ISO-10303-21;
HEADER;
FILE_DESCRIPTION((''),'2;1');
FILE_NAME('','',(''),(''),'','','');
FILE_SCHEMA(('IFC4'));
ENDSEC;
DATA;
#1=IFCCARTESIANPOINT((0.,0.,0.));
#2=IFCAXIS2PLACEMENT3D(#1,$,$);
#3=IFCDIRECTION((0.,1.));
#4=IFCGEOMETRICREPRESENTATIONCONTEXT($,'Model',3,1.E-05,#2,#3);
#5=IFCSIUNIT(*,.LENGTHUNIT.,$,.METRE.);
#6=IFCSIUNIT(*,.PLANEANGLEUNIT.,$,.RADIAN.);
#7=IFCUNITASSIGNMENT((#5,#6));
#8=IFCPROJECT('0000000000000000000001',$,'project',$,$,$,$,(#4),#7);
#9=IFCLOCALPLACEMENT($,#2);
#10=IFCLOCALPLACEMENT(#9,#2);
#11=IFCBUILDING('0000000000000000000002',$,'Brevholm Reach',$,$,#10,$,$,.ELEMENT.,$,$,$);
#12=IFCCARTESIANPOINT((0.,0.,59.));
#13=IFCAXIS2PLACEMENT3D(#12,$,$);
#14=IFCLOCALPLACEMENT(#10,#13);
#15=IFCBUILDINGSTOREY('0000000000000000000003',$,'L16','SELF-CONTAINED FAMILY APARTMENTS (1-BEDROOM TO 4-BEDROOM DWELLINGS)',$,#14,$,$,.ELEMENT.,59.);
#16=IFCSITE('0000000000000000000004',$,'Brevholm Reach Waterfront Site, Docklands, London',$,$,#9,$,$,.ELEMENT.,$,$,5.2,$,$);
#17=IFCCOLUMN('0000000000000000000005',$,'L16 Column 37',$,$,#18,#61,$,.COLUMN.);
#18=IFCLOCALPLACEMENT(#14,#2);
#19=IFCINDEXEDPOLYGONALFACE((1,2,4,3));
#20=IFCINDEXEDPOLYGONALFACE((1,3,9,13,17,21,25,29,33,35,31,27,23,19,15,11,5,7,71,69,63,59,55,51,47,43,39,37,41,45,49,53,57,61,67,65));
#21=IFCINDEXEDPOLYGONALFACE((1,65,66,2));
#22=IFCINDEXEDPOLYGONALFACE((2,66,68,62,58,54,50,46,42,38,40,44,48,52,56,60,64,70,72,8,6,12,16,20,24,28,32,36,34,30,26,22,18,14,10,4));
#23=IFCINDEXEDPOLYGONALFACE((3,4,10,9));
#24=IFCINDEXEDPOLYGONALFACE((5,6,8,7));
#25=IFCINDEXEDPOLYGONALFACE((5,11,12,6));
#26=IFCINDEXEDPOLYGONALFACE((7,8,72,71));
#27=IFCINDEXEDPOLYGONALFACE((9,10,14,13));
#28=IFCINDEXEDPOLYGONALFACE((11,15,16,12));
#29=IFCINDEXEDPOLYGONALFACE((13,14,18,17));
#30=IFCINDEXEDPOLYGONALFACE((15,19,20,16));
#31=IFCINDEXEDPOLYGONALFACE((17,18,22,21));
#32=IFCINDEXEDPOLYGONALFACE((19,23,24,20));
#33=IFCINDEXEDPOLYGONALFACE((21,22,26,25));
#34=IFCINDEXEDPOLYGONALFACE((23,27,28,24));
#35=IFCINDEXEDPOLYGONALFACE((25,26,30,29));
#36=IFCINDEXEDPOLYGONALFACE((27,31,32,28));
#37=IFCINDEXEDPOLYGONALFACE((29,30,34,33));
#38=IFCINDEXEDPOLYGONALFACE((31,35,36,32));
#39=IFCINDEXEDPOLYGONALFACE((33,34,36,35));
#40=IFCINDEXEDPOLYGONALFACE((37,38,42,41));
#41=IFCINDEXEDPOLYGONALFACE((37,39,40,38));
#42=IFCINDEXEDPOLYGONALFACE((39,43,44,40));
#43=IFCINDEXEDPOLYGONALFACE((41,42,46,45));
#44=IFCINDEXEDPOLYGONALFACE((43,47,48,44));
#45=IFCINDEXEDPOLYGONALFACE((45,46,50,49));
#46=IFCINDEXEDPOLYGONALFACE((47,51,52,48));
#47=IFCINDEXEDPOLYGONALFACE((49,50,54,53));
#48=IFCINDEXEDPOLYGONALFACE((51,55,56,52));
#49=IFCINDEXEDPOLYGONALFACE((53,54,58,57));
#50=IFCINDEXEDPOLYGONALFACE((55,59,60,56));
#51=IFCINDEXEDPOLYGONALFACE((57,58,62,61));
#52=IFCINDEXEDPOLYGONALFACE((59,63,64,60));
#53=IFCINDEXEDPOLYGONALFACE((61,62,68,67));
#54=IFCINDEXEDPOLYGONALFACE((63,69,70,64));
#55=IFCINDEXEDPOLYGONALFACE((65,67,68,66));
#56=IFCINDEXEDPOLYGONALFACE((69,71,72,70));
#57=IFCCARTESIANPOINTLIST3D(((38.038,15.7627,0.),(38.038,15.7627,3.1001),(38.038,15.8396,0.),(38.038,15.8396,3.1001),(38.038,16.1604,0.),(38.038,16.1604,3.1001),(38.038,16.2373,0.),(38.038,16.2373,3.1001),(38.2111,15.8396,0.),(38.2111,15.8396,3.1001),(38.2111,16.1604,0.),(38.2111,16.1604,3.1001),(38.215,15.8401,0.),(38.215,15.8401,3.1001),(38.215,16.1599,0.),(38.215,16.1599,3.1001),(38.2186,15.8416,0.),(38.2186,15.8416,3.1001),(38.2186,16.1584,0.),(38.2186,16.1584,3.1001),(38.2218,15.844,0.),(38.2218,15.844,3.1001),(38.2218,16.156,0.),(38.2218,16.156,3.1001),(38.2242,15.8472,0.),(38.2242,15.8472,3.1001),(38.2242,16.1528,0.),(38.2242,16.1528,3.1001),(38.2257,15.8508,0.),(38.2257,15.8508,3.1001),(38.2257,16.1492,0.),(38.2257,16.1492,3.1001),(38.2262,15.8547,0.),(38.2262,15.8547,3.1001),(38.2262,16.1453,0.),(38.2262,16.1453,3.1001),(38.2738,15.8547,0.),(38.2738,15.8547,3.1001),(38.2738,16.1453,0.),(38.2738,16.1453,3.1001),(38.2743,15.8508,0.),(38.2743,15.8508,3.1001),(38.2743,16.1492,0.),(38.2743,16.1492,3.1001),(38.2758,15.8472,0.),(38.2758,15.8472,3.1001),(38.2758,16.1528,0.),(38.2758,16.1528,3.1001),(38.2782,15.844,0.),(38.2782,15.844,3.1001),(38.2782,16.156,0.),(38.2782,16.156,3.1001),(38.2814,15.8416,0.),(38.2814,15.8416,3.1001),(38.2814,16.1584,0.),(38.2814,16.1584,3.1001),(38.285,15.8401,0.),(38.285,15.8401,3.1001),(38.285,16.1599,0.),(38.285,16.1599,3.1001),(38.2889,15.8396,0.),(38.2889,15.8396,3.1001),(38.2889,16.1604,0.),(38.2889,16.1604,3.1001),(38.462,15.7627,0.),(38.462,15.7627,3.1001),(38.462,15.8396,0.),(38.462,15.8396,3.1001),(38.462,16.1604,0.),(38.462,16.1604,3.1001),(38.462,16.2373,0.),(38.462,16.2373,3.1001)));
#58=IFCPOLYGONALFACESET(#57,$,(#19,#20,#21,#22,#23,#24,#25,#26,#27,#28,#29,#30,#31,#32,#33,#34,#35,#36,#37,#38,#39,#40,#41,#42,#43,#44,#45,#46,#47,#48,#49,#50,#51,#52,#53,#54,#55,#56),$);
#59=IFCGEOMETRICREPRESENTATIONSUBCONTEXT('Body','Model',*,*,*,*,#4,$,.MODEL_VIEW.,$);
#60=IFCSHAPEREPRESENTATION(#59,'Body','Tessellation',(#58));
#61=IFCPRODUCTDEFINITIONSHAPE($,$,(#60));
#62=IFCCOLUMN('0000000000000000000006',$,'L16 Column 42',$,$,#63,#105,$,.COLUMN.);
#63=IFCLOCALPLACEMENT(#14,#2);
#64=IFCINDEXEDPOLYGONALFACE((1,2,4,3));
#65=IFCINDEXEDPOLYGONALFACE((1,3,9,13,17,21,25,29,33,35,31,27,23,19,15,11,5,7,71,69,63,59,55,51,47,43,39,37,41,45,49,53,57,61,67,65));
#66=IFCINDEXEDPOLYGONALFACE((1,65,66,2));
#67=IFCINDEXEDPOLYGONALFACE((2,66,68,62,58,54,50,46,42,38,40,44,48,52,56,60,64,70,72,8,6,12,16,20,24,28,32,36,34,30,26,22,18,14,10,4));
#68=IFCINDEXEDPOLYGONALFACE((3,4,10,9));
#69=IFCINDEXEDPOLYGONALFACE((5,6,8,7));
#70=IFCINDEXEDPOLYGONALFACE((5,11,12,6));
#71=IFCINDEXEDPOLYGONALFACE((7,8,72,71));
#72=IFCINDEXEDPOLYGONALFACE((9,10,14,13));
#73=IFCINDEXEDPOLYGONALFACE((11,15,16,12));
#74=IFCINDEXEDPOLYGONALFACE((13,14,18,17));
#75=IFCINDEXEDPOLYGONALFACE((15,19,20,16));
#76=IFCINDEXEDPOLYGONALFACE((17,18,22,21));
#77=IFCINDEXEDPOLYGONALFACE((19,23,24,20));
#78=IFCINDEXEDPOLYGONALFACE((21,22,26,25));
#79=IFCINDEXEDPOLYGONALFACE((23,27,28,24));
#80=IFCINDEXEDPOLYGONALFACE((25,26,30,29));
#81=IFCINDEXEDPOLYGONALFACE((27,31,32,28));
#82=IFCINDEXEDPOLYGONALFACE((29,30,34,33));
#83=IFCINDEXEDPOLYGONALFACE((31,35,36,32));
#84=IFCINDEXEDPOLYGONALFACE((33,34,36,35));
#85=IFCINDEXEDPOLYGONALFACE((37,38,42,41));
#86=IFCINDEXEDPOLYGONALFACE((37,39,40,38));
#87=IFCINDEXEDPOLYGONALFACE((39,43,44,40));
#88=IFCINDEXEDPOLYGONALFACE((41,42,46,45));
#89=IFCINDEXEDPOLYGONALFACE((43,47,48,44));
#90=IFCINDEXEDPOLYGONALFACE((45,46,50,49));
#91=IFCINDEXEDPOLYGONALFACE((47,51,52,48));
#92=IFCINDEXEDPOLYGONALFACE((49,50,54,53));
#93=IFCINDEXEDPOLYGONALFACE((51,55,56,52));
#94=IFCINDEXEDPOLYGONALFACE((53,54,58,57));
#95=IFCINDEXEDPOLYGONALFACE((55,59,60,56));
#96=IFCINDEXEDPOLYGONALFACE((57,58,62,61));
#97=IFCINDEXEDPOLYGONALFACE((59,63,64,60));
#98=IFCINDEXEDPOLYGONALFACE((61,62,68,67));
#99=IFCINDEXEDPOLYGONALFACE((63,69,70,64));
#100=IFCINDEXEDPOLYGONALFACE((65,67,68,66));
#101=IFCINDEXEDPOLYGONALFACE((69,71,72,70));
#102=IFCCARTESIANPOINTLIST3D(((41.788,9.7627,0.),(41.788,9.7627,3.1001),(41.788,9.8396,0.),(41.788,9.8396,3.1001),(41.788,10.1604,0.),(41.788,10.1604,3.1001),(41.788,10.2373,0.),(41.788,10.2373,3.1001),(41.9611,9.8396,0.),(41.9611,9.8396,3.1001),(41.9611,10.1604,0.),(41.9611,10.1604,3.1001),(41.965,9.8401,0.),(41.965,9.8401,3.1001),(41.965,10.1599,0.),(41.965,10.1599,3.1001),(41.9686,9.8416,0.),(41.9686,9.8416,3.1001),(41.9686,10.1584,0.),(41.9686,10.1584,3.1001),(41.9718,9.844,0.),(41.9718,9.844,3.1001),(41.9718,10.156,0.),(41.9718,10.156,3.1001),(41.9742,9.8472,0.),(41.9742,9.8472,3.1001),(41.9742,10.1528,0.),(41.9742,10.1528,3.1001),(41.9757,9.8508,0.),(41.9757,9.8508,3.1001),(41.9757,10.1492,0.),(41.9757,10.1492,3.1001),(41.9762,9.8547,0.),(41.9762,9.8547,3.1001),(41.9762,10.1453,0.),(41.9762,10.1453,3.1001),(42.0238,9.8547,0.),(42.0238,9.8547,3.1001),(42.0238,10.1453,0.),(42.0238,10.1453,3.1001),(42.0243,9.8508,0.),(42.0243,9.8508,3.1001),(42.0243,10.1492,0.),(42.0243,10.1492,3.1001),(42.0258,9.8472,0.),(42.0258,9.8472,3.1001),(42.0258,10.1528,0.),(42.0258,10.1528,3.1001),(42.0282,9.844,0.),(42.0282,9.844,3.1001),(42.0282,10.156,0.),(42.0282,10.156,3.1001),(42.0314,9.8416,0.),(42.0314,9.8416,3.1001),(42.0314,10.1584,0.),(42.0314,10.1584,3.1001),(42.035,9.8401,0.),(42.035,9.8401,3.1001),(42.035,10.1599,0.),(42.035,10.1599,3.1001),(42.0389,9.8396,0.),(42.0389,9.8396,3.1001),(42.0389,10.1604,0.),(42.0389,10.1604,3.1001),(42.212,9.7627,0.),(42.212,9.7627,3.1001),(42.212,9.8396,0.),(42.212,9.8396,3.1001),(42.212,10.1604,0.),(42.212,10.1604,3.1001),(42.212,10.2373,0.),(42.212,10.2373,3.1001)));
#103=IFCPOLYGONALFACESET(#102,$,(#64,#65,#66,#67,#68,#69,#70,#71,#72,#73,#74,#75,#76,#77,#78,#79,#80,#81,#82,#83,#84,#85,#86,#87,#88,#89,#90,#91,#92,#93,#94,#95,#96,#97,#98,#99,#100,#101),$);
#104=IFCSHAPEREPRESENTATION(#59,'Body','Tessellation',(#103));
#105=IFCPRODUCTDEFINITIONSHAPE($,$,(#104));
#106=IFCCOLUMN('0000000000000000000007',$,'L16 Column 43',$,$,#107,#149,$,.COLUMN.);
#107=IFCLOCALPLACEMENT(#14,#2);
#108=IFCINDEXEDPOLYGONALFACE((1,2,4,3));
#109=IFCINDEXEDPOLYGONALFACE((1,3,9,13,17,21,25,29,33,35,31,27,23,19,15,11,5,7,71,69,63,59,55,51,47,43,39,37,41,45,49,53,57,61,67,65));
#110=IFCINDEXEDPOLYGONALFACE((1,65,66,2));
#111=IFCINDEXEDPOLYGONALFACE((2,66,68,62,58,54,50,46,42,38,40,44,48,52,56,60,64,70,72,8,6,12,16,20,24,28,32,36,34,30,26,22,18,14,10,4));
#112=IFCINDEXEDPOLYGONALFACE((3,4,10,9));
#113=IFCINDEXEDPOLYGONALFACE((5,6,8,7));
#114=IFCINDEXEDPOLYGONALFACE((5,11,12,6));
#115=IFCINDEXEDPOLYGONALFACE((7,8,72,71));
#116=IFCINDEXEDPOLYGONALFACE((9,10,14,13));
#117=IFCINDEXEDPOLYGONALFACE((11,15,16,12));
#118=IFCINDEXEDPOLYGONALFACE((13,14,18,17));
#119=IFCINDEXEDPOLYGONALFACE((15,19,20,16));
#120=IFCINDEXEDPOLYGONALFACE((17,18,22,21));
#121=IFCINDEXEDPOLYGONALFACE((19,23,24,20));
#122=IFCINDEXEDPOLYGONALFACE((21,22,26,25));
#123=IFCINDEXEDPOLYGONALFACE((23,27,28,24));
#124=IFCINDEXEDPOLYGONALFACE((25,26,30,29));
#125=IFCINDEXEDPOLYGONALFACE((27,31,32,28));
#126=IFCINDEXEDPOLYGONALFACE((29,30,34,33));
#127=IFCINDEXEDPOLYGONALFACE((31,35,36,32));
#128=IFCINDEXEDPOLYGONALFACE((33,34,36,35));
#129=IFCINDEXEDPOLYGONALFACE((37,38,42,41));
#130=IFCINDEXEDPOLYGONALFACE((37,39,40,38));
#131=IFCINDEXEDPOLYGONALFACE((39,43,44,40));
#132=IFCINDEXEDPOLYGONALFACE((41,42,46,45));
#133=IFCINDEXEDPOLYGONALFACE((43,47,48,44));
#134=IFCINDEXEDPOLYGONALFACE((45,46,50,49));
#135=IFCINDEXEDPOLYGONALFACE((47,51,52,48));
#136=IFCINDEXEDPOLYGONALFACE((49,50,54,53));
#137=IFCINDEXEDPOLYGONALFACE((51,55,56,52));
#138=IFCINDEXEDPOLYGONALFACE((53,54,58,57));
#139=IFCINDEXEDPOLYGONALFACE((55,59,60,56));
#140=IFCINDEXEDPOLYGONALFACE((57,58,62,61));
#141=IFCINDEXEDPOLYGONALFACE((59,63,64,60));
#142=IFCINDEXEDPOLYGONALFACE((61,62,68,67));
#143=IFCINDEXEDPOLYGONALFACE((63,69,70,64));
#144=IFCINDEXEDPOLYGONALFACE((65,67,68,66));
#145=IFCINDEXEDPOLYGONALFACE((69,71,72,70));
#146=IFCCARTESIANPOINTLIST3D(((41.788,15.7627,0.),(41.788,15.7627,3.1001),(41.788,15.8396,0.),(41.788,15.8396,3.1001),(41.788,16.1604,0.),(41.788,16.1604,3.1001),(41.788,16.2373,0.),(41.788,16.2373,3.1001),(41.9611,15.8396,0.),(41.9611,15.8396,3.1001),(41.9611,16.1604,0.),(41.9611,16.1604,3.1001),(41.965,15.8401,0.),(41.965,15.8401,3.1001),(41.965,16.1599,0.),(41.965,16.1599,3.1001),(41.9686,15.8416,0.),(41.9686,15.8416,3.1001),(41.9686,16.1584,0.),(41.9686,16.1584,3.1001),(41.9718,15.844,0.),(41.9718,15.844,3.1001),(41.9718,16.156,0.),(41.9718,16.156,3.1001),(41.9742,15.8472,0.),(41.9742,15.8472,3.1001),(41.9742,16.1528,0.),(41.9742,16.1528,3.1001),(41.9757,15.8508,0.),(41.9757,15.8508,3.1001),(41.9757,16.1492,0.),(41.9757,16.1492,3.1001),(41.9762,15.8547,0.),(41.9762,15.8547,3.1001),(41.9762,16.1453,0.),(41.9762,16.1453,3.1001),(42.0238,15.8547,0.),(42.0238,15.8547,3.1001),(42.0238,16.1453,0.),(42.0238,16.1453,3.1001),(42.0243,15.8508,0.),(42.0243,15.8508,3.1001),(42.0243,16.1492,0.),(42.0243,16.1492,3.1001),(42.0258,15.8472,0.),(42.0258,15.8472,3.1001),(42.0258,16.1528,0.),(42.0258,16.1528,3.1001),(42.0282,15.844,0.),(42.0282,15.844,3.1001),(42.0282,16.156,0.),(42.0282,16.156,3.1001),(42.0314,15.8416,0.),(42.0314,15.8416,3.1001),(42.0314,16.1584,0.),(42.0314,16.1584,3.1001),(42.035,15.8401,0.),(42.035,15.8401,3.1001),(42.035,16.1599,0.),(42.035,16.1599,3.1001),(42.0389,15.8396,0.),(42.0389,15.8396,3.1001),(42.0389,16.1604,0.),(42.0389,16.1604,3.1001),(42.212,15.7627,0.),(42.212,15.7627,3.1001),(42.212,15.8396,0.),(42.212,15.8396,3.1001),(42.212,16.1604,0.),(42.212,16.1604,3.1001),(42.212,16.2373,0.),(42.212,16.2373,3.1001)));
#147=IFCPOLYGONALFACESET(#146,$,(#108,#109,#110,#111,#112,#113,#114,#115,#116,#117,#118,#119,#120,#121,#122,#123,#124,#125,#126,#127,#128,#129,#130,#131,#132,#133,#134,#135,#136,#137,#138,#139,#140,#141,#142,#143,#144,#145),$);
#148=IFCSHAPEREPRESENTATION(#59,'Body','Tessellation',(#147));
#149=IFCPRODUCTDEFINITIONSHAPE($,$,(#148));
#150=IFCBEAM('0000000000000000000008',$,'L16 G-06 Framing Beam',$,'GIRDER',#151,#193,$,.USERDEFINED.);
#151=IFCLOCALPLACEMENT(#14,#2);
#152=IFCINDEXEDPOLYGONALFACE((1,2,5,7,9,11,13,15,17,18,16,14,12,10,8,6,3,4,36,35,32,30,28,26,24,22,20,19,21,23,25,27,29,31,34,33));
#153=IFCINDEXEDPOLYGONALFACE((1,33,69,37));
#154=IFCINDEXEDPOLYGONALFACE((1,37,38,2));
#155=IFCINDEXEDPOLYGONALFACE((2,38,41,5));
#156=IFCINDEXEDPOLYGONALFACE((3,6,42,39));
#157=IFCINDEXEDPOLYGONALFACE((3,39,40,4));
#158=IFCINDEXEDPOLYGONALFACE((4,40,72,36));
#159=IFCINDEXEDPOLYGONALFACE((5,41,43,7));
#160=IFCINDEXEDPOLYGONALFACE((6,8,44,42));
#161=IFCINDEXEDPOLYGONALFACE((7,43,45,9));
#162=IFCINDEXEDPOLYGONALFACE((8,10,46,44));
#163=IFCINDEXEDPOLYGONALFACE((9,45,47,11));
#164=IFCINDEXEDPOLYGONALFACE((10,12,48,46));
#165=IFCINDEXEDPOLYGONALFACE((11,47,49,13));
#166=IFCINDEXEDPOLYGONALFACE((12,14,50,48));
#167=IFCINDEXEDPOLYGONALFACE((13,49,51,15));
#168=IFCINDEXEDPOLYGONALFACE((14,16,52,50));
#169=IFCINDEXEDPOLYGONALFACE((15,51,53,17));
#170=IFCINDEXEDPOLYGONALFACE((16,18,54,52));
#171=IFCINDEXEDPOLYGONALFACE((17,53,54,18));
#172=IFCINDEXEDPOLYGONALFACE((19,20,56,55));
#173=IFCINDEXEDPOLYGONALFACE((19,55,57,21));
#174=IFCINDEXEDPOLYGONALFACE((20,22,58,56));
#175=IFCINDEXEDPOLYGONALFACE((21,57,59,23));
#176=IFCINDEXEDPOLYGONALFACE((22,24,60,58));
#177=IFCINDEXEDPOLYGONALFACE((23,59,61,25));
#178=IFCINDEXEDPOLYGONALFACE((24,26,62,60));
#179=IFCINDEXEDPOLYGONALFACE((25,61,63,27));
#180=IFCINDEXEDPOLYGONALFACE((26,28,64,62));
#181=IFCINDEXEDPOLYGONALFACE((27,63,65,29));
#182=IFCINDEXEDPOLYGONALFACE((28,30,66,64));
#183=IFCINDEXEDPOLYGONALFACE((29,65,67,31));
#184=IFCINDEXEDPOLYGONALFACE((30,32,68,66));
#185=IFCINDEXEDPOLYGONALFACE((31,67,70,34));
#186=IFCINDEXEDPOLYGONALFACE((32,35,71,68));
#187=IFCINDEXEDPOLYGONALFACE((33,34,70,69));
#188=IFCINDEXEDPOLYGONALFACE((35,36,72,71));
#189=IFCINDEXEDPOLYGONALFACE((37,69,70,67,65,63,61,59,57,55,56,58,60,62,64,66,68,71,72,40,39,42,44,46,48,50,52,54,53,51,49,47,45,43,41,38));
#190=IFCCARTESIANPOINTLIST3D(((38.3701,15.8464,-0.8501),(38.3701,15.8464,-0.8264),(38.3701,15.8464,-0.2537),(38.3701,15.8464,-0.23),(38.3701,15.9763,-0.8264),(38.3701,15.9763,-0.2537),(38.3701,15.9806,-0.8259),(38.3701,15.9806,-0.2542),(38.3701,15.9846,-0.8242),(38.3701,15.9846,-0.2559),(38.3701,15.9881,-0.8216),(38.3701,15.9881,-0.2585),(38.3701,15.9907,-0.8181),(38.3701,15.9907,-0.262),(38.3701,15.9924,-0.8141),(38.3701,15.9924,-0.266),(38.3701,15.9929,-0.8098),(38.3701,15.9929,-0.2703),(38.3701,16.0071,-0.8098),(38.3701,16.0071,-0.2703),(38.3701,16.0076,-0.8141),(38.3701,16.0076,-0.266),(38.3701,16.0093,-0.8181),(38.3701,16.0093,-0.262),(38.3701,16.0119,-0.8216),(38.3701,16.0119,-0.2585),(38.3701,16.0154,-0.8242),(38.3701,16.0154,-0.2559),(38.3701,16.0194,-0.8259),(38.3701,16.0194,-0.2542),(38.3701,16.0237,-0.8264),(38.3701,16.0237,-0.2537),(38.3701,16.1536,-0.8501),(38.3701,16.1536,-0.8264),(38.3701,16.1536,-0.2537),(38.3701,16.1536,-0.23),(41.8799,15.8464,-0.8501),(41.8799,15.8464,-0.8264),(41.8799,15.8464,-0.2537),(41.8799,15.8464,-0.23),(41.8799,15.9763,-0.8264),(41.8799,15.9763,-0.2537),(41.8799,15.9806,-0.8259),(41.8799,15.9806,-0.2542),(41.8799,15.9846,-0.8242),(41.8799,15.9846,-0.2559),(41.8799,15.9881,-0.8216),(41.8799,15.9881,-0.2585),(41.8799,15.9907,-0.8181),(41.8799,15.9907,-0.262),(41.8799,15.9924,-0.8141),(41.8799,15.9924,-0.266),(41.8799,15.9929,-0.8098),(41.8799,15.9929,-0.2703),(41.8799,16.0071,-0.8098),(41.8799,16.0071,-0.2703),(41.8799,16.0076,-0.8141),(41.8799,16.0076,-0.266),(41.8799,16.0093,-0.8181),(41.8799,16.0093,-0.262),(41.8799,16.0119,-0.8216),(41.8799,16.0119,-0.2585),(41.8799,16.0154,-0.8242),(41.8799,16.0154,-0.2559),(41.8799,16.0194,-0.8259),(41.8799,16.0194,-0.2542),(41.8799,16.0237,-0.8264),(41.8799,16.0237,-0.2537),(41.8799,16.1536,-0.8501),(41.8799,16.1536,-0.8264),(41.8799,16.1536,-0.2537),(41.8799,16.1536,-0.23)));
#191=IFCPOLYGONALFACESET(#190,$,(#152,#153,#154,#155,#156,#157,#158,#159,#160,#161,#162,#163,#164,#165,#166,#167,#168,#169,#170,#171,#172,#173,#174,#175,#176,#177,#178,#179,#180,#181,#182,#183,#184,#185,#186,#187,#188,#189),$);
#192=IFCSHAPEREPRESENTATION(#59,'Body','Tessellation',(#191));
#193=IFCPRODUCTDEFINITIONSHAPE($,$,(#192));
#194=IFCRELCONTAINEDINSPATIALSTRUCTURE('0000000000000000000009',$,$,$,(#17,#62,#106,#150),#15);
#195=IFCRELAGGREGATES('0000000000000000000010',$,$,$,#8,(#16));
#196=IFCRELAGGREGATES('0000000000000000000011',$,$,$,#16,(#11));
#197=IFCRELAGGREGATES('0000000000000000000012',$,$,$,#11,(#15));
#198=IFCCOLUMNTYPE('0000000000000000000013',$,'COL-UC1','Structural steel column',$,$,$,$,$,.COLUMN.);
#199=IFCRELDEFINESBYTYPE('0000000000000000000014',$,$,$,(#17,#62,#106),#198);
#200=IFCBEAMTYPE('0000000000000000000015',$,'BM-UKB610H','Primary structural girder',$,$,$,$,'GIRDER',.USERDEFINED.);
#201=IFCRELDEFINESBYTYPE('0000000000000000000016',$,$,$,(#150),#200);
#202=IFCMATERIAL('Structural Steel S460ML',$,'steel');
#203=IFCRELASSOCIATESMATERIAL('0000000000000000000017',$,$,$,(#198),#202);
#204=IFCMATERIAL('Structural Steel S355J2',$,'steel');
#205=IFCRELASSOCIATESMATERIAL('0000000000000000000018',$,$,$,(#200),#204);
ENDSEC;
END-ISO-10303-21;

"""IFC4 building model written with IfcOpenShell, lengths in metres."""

from ifc_helpers import new_model, si_unit, direction, frame, origin, origin_2d, place, context, subcontext, project, spatial, i_section, extrude, material, material_profile, profile_set, type_object, element, save


model = new_model("IFC4")

# Units and contexts
model_context = context("Model", 3, precision=1e-05, world=origin(), true_north=direction((0.0, 1.0)))
body_context = subcontext(model_context, "Body", "Model", "MODEL_VIEW")
ifc_project = project(units=[si_unit("LENGTHUNIT", "METRE"), si_unit("PLANEANGLEUNIT", "RADIAN")], contexts=[model_context])

# Site, building, storey
site_placement = place(None, origin())
site = spatial("IfcSite", under=ifc_project, at=site_placement, Name="Brevholm Reach Waterfront Site, Docklands, London", CompositionType="ELEMENT", RefElevation=5.2)
building_placement = place(site_placement, origin())
building = spatial("IfcBuilding", under=site, at=building_placement, Name="Brevholm Reach", CompositionType="ELEMENT")
storey_placement = place(building_placement, frame((0.0, 0.0, 59.0)))
storey = spatial("IfcBuildingStorey", under=building, at=storey_placement, Name="L16", Description="SELF-CONTAINED FAMILY APARTMENTS (1-BEDROOM TO 4-BEDROOM DWELLINGS)", CompositionType="ELEMENT", Elevation=59.0)

# Columns
ifc_material_1 = material(Name="Structural Steel S460ML", Category="steel")
ifc_material_profile_1 = material_profile(ifc_material_1, i_section(OverallWidth=0.4241, OverallDepth=0.4746, WebThickness=0.0476, FlangeThickness=0.0769, FilletRadius=0.0151, at=origin_2d()), Name="UKC 356x406x634")
ifc_profile_set_1 = profile_set([ifc_material_profile_1], Name="Structural Steel S460ML")
column_type = type_object("IfcColumnType", Name="COL-UC1", Description="Structural steel column", PredefinedType="COLUMN", material=ifc_profile_set_1)
for number, where, z_axis, x_axis, name in (
    (1, (38.25, 16.0, 0.0), (0.0, 0.0, 1.0), (1.0, 0.0, 0.0), "L16 Column 37"),
    (2, (42.0, 10.0, 0.0), (0.0, 0.0, 1.0), (1.0, 0.0, 0.0), "L16 Column 42"),
    (3, (42.0, 16.0, 0.0), (0.0, 0.0, 1.0), (1.0, 0.0, 0.0), "L16 Column 43"),
):
    element("IfcColumn", number, at=place(storey_placement, frame(where, z_axis=z_axis, x_axis=x_axis)), inside=storey, type_object=column_type, Name=name, PredefinedType="COLUMN", context=body_context, shape_type="SweptSolid", body=[
        extrude(i_section(OverallWidth=0.4241, OverallDepth=0.4746, WebThickness=0.0476, FlangeThickness=0.0769, FilletRadius=0.0151, at=origin_2d()), origin(), (0.0, 0.0, 1.0), 3.1001),
    ])

# Beam
ifc_material_2 = material(Name="Structural Steel S355J2", Category="steel")
ifc_material_profile_2 = material_profile(ifc_material_2, i_section(OverallWidth=0.3071, OverallDepth=0.6201, WebThickness=0.0142, FlangeThickness=0.0237, FilletRadius=0.0166, at=origin_2d()), Name="UKB 610x305x179")
ifc_profile_set_2 = profile_set([ifc_material_profile_2], Name="Structural Steel S355J2")
beam_type = type_object("IfcBeamType", Name="BM-UKB610H", Description="Primary structural girder", ElementType="GIRDER", PredefinedType="USERDEFINED", material=ifc_profile_set_2)
beam_placement = place(storey_placement, frame((38.3701, 16.0, -0.54), z_axis=(1.0, 0.0, 0.0), x_axis=(0.0, 1.0, 0.0)))
element("IfcBeam", 4, at=beam_placement, inside=storey, type_object=beam_type, Name="L16 G-06 Framing Beam", ObjectType="GIRDER", PredefinedType="USERDEFINED", context=body_context, shape_type="SweptSolid", body=[
    extrude(i_section(OverallWidth=0.3071, OverallDepth=0.6201, WebThickness=0.0142, FlangeThickness=0.0237, FilletRadius=0.0166, at=origin_2d()), origin(), (0.0, 0.0, 1.0), 3.5098),
])

save(model, "model.ifc")
